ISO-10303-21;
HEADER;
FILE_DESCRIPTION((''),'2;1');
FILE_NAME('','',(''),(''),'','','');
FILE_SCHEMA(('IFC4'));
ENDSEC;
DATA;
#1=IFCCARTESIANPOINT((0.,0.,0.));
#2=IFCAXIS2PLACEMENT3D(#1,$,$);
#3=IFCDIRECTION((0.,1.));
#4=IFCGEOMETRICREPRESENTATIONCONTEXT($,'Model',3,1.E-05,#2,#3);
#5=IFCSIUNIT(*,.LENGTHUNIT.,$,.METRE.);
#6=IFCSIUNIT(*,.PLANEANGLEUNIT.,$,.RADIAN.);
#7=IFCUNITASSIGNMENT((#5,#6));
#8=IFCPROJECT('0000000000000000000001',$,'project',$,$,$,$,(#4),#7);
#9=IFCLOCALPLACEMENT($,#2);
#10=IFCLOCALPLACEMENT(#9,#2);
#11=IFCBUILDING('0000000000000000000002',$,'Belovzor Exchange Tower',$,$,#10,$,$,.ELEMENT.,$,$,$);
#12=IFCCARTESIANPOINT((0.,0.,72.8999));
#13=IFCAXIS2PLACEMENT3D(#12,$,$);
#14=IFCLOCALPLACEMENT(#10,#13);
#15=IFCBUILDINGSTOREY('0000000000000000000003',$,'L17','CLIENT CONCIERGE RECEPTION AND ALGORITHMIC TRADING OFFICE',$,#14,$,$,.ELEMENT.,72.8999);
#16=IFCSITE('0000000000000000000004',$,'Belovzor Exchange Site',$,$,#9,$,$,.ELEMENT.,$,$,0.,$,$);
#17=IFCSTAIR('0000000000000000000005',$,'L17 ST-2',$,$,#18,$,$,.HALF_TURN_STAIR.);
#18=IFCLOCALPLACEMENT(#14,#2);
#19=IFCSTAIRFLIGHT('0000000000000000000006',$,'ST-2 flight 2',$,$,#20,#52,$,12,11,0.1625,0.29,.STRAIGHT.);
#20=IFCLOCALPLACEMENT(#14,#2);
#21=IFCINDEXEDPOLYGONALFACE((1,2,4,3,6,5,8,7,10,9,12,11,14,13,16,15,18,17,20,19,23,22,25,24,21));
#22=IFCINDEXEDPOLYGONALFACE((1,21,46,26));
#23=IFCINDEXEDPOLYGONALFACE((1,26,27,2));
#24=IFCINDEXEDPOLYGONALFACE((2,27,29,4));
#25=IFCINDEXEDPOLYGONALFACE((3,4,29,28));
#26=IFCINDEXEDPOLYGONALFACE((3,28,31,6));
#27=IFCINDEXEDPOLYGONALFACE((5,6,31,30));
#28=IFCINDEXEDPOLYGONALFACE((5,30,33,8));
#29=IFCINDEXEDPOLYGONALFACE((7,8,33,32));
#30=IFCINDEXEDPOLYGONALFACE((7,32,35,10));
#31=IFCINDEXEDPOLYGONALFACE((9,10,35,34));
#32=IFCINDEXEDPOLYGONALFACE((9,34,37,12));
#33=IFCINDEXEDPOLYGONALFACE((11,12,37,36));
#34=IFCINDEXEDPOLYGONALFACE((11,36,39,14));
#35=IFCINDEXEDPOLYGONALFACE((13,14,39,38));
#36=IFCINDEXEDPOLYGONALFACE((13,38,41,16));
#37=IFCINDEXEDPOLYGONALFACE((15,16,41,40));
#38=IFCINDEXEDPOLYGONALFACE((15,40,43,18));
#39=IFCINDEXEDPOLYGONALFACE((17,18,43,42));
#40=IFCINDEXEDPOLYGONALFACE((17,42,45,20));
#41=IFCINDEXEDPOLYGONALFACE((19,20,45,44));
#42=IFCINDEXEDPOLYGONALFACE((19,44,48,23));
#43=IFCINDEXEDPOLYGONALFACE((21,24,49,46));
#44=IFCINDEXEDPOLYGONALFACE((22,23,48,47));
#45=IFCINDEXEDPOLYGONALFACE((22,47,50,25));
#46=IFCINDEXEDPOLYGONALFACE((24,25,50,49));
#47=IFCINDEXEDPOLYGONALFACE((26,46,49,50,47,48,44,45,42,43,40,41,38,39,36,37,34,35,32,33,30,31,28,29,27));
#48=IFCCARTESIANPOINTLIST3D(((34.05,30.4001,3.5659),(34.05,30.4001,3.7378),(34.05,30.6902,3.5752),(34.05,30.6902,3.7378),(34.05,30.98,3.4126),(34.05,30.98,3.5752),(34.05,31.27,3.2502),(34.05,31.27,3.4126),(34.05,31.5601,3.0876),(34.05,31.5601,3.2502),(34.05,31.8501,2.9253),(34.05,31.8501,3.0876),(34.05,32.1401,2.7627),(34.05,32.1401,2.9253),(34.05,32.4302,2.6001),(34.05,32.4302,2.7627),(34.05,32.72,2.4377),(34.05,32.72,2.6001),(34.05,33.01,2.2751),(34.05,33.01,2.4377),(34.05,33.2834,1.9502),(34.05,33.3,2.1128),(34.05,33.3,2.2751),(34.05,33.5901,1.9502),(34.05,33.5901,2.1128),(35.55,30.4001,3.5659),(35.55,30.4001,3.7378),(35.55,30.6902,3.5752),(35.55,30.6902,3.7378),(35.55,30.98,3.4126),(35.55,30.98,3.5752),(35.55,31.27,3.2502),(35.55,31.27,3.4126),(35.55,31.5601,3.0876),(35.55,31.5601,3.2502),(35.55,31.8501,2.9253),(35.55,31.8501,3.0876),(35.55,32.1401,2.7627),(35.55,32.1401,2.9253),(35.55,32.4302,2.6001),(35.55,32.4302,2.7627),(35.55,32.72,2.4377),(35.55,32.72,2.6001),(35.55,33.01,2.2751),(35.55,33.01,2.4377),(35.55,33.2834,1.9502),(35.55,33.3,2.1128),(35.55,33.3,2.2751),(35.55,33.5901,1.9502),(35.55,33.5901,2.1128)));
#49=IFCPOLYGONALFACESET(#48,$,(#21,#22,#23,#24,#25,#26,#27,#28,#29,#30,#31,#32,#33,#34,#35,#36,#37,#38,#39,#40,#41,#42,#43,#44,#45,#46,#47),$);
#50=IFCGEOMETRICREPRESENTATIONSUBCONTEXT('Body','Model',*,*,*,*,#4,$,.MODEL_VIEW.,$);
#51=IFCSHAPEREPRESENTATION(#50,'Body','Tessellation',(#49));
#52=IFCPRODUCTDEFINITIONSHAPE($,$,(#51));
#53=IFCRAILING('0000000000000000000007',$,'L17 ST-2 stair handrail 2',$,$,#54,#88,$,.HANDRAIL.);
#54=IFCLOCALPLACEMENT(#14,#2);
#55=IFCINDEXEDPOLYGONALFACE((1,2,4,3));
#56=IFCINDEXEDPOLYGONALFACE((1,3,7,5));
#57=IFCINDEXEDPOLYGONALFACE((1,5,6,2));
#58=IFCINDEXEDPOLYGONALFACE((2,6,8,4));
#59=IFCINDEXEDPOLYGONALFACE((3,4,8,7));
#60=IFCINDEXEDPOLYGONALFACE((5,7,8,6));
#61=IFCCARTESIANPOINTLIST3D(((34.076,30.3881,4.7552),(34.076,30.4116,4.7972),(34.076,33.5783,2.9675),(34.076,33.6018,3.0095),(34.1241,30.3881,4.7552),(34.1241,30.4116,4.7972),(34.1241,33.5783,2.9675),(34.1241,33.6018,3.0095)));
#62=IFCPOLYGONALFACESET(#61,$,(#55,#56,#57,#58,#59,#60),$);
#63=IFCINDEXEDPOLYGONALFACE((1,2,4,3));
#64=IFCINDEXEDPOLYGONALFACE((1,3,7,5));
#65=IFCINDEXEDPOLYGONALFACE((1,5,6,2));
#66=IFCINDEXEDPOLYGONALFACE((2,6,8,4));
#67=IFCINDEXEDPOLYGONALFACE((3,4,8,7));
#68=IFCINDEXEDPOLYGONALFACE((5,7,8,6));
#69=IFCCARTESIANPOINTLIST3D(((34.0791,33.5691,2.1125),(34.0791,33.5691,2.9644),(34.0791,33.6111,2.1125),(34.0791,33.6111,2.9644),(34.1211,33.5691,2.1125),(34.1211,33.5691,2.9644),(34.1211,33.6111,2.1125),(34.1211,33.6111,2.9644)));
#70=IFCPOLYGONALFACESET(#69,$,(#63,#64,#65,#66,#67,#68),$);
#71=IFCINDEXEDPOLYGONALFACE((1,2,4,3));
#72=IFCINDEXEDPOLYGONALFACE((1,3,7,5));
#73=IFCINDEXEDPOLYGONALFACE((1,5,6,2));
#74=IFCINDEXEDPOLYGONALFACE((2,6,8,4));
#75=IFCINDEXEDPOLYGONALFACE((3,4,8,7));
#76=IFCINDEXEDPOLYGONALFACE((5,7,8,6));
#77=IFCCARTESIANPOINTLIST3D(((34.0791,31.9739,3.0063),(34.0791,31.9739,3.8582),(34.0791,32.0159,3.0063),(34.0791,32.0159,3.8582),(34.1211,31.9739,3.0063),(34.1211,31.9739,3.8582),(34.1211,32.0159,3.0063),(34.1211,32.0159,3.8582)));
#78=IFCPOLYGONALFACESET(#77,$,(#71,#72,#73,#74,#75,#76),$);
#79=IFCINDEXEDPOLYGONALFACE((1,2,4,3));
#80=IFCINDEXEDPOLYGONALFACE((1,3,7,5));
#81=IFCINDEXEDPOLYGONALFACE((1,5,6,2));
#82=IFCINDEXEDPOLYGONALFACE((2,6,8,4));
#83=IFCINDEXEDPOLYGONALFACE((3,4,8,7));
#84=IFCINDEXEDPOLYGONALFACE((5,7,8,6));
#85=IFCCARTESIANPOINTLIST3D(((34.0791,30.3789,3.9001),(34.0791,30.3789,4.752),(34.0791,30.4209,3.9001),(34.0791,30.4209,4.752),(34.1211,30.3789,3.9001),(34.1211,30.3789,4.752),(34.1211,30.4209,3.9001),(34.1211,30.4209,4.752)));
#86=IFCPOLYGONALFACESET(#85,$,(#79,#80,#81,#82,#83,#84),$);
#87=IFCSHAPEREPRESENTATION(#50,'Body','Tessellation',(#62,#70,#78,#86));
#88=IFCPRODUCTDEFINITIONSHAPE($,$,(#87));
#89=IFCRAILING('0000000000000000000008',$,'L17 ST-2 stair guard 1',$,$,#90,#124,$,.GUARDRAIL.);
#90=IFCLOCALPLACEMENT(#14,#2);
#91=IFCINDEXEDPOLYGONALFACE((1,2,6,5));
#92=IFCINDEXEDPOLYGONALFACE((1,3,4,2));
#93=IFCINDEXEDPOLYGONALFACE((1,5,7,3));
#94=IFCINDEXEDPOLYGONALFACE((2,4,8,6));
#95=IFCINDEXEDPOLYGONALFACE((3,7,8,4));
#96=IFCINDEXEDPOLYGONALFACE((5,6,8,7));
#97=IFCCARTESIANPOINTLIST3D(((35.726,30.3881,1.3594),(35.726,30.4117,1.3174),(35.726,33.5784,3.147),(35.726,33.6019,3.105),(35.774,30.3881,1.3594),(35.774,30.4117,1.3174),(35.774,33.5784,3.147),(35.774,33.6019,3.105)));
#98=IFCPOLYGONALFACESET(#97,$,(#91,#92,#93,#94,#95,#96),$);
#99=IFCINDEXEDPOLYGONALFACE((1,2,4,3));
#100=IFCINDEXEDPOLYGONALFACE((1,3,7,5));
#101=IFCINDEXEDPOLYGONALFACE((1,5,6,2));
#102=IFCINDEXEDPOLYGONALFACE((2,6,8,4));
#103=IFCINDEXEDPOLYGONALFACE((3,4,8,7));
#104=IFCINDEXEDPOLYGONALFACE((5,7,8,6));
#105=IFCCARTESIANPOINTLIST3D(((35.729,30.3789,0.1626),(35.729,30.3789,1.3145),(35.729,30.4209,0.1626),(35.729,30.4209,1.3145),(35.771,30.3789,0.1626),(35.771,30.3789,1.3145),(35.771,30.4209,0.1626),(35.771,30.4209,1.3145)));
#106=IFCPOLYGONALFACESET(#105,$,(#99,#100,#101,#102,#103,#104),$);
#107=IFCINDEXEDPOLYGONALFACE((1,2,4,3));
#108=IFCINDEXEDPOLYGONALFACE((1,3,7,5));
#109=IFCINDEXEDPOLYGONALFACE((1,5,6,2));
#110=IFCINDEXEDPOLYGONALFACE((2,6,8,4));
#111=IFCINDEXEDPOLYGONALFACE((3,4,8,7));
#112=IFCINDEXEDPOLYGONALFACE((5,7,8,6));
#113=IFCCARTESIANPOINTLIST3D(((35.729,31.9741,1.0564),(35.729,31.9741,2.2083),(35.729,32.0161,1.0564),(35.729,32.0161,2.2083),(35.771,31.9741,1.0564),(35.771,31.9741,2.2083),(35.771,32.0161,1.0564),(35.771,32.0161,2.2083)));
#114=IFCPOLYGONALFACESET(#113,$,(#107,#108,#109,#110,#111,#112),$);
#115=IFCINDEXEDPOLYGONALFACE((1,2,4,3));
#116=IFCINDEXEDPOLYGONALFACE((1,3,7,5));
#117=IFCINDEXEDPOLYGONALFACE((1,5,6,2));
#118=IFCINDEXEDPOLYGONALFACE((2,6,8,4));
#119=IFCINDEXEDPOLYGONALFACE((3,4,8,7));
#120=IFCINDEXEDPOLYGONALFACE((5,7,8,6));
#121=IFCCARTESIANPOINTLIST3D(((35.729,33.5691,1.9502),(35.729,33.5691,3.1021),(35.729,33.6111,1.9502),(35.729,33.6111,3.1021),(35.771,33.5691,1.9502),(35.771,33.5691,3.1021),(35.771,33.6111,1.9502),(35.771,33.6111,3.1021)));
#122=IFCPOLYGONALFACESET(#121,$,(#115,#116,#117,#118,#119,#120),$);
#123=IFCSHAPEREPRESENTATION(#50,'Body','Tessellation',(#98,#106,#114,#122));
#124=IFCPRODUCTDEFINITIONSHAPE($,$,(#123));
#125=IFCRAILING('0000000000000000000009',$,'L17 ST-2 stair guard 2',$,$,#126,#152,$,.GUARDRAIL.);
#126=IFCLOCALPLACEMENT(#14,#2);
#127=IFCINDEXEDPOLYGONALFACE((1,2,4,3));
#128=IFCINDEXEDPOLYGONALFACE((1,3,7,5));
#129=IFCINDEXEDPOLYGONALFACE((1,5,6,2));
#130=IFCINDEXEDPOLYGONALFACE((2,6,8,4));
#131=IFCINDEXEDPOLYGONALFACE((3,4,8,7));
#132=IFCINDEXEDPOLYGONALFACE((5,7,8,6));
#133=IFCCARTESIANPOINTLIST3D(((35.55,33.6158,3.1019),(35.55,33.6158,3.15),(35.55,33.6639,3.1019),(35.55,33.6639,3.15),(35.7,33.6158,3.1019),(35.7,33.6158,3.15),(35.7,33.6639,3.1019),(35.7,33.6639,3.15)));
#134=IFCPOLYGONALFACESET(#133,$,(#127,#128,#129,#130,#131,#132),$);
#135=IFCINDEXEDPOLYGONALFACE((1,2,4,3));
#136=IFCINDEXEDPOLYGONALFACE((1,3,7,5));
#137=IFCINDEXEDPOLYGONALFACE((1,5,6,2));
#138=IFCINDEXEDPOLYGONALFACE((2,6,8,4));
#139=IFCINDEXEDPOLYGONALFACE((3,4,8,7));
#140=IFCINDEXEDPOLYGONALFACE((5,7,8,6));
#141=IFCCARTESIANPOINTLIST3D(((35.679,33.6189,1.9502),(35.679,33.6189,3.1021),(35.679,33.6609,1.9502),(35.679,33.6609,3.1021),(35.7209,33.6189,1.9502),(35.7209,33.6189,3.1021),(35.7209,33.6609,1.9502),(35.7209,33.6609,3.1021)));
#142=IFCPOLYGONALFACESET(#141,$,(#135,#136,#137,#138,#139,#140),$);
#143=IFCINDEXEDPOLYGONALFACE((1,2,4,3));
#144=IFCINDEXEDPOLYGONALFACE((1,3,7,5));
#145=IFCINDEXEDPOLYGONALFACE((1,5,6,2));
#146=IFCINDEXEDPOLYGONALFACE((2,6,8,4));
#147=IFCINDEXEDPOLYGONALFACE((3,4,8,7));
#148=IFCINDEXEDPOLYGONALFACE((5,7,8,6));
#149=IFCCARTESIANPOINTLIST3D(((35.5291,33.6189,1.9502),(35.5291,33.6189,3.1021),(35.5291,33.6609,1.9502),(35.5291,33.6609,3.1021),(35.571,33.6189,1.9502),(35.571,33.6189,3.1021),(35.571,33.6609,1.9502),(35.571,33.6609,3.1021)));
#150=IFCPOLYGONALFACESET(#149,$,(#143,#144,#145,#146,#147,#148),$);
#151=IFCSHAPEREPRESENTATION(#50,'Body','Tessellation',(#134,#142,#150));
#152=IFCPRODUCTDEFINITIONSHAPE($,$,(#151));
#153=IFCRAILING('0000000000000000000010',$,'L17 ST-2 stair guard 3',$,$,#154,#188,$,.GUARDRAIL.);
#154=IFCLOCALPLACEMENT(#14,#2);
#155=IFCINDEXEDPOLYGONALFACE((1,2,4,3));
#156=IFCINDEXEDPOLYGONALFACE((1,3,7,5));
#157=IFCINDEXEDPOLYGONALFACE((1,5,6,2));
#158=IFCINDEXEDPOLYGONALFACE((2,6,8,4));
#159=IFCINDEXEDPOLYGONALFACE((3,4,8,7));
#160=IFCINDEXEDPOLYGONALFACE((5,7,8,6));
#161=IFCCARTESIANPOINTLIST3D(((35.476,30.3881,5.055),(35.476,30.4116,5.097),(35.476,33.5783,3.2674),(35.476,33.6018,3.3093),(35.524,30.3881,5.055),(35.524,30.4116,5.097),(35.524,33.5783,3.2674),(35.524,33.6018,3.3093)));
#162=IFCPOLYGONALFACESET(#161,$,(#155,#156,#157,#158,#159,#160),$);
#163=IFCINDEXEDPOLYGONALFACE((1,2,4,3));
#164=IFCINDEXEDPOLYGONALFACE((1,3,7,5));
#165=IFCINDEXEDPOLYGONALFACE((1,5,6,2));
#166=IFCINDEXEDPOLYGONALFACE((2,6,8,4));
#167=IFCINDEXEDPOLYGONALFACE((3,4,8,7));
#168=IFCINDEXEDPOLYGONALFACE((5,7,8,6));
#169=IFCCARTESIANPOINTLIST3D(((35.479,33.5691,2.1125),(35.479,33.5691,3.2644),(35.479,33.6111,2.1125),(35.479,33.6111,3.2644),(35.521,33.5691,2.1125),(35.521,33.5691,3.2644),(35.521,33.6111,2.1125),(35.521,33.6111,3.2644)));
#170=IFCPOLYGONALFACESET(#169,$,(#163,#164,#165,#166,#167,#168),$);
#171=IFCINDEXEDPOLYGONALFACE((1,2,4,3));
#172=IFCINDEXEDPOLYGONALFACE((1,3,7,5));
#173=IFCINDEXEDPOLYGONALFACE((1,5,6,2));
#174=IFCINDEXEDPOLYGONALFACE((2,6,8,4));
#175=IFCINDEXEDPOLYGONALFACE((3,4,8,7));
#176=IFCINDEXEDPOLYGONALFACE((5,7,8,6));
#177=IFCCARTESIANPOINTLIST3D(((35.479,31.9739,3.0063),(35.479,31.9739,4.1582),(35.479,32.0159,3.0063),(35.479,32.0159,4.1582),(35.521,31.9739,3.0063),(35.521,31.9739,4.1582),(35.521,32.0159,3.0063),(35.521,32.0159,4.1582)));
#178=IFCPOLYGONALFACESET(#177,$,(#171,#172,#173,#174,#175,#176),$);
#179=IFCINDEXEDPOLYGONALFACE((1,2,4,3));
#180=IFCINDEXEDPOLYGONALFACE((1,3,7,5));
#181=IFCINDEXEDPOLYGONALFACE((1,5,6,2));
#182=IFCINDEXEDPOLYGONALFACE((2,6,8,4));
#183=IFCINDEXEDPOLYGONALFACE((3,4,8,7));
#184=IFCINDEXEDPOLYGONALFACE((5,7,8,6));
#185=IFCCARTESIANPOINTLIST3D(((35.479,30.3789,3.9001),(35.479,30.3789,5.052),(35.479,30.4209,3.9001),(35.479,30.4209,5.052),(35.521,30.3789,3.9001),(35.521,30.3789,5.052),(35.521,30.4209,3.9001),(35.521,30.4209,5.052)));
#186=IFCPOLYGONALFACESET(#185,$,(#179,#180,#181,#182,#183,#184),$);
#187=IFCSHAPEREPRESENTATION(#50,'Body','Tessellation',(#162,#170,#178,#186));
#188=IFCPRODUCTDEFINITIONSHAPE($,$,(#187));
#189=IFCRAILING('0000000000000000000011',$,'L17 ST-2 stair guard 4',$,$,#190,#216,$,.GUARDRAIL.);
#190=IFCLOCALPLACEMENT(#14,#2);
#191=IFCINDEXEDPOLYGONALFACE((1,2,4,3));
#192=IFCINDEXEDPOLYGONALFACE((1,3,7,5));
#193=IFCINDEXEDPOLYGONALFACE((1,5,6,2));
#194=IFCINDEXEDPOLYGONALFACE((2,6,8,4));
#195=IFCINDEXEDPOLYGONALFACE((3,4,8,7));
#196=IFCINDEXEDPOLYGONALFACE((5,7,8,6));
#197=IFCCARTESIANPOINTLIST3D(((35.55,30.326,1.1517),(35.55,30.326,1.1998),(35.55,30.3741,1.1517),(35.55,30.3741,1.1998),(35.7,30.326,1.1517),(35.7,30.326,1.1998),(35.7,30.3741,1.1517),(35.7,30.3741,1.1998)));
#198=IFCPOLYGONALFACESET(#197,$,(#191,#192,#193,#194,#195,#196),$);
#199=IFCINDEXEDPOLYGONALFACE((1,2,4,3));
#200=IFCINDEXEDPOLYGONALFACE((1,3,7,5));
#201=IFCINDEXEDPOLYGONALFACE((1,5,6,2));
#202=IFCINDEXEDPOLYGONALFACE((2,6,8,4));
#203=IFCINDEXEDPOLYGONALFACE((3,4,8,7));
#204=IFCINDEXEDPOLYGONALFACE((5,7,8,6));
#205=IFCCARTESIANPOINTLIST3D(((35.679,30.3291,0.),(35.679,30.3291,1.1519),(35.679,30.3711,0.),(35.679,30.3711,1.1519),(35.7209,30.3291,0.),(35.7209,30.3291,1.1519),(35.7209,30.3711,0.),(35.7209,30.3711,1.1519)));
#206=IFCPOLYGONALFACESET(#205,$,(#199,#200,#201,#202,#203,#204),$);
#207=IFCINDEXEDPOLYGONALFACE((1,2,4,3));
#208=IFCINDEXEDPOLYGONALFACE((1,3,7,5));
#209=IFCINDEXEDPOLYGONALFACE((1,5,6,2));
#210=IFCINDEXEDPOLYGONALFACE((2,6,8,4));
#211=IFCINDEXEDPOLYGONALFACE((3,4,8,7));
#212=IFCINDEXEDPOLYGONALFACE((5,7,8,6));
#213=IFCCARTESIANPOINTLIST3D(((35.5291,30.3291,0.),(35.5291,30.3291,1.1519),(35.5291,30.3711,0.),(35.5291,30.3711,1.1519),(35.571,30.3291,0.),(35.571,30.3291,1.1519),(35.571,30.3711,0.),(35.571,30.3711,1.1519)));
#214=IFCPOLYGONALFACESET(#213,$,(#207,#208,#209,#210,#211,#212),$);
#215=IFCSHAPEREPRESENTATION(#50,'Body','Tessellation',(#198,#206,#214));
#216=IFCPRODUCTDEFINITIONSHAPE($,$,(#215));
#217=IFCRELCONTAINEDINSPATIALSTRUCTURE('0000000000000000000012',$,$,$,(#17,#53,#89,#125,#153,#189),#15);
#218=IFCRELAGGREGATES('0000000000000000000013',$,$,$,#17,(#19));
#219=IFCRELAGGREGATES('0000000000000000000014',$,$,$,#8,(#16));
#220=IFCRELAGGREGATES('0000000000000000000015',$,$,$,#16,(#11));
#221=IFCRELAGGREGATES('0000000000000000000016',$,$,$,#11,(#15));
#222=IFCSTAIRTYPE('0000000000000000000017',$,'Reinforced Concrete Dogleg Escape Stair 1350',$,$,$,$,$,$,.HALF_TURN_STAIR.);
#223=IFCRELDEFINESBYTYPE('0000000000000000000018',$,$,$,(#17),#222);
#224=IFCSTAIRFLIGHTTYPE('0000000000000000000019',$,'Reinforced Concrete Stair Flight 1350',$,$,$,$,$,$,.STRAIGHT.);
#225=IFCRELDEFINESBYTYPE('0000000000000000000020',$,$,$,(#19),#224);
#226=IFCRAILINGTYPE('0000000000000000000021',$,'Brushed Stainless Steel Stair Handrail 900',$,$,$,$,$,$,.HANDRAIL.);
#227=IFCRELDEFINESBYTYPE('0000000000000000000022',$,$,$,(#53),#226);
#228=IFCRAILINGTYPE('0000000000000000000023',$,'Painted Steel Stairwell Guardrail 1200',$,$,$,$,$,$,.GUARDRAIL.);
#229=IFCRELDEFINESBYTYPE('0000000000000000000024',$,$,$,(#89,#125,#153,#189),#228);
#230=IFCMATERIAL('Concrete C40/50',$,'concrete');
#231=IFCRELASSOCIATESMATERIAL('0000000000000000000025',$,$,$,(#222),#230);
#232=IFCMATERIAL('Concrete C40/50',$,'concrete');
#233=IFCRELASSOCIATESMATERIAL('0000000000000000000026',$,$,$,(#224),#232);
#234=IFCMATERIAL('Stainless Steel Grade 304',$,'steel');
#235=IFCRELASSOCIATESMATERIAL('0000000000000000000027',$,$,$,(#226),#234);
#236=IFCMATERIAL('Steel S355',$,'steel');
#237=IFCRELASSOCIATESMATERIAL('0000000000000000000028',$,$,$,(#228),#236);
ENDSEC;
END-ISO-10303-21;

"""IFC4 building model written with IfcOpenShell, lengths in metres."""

from ifc_helpers import new_model, si_unit, direction, frame, origin, origin_2d, place, context, subcontext, project, spatial, polyline, rectangle, outline, extrude, material, type_object, element, aggregate, save


model = new_model("IFC4")

# Units and contexts
model_context = context("Model", 3, precision=1e-05, world=origin(), true_north=direction((0.0, 1.0)))
body_context = subcontext(model_context, "Body", "Model", "MODEL_VIEW")
ifc_project = project(units=[si_unit("LENGTHUNIT", "METRE"), si_unit("PLANEANGLEUNIT", "RADIAN")], contexts=[model_context])

# Site, building, storey
site_placement = place(None, origin())
site = spatial("IfcSite", under=ifc_project, at=site_placement, Name="Belovzor Exchange Site", CompositionType="ELEMENT", RefElevation=0.0)
building_placement = place(site_placement, origin())
building = spatial("IfcBuilding", under=site, at=building_placement, Name="Belovzor Exchange Tower", CompositionType="ELEMENT")
storey_placement = place(building_placement, frame((0.0, 0.0, 72.8999)))
storey = spatial("IfcBuildingStorey", under=building, at=storey_placement, Name="L17", Description="CLIENT CONCIERGE RECEPTION AND ALGORITHMIC TRADING OFFICE", CompositionType="ELEMENT", Elevation=72.8999)

# Stair, stair flight
ifc_material_1 = material(Name="Concrete C40/50", Category="concrete")
stair_type = type_object("IfcStairType", Name="Reinforced Concrete Dogleg Escape Stair 1350", PredefinedType="HALF_TURN_STAIR", material=ifc_material_1)
stair_placement = place(storey_placement, origin())
stair = element("IfcStair", 1, at=stair_placement, inside=storey, type_object=stair_type, Name="L17 ST-2", PredefinedType="HALF_TURN_STAIR")
ifc_material_2 = material(Name="Concrete C40/50", Category="concrete")
stair_flight_type = type_object("IfcStairFlightType", Name="Reinforced Concrete Stair Flight 1350", PredefinedType="STRAIGHT", material=ifc_material_2)
stair_flight_placement = place(storey_placement, frame((34.8, 33.5901, 1.9502), z_axis=(0.0, 0.0, 1.0), x_axis=(0.0, -1.0, 0.0)))
stair_flight = element("IfcStairFlight", 2, at=stair_flight_placement, type_object=stair_flight_type, Name="ST-2 flight 2", NumberOfRisers=12, NumberOfTreads=11, PredefinedType="STRAIGHT", RiserHeight=0.1625, TreadLength=0.29, context=body_context, shape_type="SweptSolid", body=[
    extrude(outline(polyline([(0.0, 0.0), (0.0, 0.1626), (0.29, 0.1626), (0.29, 0.325), (0.5801, 0.325), (0.5801, 0.4875), (0.8701, 0.4875), (0.8701, 0.6499), (1.1599, 0.6499), (1.1599, 0.8125), (1.45, 0.8125), (1.45, 0.9751), (1.74, 0.9751), (1.74, 1.1375), (2.03, 1.1375), (2.03, 1.3), (2.3201, 1.3), (2.3201, 1.4624), (2.6101, 1.4624), (2.6101, 1.625), (2.8999, 1.625), (2.8999, 1.7876), (3.1899, 1.7876), (3.1899, 1.95), (3.1899, 1.6157), (0.3066, 0.0), (0.0, 0.0)])), frame((0.0, 0.75, 0.0), z_axis=(0.0, -1.0, 0.0), x_axis=(1.0, 0.0, 0.0)), (0.0, 0.0, 1.0), 1.5),
])
aggregate(stair, [stair_flight])

# Railings
ifc_material_3 = material(Name="Stainless Steel Grade 304", Category="steel")
railing_type_1 = type_object("IfcRailingType", Name="Brushed Stainless Steel Stair Handrail 900", PredefinedType="HANDRAIL", material=ifc_material_3)
railing_1_placement = place(storey_placement, frame((34.1001, 33.5901, 2.1125)))
element("IfcRailing", 3, at=railing_1_placement, inside=storey, type_object=railing_type_1, Name="L17 ST-2 stair handrail 2", PredefinedType="HANDRAIL", context=body_context, shape_type="SweptSolid", body=[
    extrude(rectangle(XDim=0.0481, YDim=0.0481, at=origin_2d()), frame((0.0, 0.0, 0.876), z_axis=(0.0, -0.872378, 0.488831), x_axis=(1.0, 0.0, 0.0)), (0.0, 0.0, 1.0), 3.657),
    extrude(rectangle(XDim=0.042, YDim=0.042, at=origin_2d()), origin(), (0.0, 0.0, 1.0), 0.8518),
    extrude(rectangle(XDim=0.042, YDim=0.042, at=origin_2d()), frame((0.0, -1.5952, 0.8938)), (0.0, 0.0, 1.0), 0.8518),
    extrude(rectangle(XDim=0.042, YDim=0.042, at=origin_2d()), frame((0.0, -3.1902, 1.7876)), (0.0, 0.0, 1.0), 0.8518),
])
ifc_material_4 = material(Name="Steel S355", Category="steel")
railing_type_2 = type_object("IfcRailingType", Name="Painted Steel Stairwell Guardrail 1200", PredefinedType="GUARDRAIL", material=ifc_material_4)
railing_2_placement = place(storey_placement, frame((35.75, 30.3999, 0.1626)))
element("IfcRailing", 4, at=railing_2_placement, inside=storey, type_object=railing_type_2, Name="L17 ST-2 stair guard 1", PredefinedType="GUARDRAIL", context=body_context, shape_type="SweptSolid", body=[
    extrude(rectangle(XDim=0.0481, YDim=0.0481, at=origin_2d()), frame((0.0, 0.0, 1.1758), z_axis=(0.0, 0.872378, 0.488831), x_axis=(-1.0, 0.0, 0.0)), (0.0, 0.0, 1.0), 3.657),
    extrude(rectangle(XDim=0.042, YDim=0.042, at=origin_2d()), origin(), (0.0, 0.0, 1.0), 1.1519),
    extrude(rectangle(XDim=0.042, YDim=0.042, at=origin_2d()), frame((0.0, 1.5952, 0.8938)), (0.0, 0.0, 1.0), 1.1519),
    extrude(rectangle(XDim=0.042, YDim=0.042, at=origin_2d()), frame((0.0, 3.1902, 1.7876)), (0.0, 0.0, 1.0), 1.1519),
])
railing_3_placement = place(storey_placement, frame((35.7, 33.6399, 1.9502)))
element("IfcRailing", 5, at=railing_3_placement, inside=storey, type_object=railing_type_2, Name="L17 ST-2 stair guard 2", PredefinedType="GUARDRAIL", context=body_context, shape_type="SweptSolid", body=[
    extrude(rectangle(XDim=0.0481, YDim=0.0481, at=origin_2d()), frame((0.0, 0.0, 1.1758), z_axis=(-1.0, 0.0, 0.0), x_axis=(0.0, -1.0, 0.0)), (0.0, 0.0, 1.0), 0.1499),
    extrude(rectangle(XDim=0.042, YDim=0.042, at=origin_2d()), origin(), (0.0, 0.0, 1.0), 1.1519),
    extrude(rectangle(XDim=0.042, YDim=0.042, at=origin_2d()), frame((-0.1499, 0.0, 0.0)), (0.0, 0.0, 1.0), 1.1519),
])
railing_4_placement = place(storey_placement, frame((35.5, 33.5901, 2.1125)))
element("IfcRailing", 6, at=railing_4_placement, inside=storey, type_object=railing_type_2, Name="L17 ST-2 stair guard 3", PredefinedType="GUARDRAIL", context=body_context, shape_type="SweptSolid", body=[
    extrude(rectangle(XDim=0.0481, YDim=0.0481, at=origin_2d()), frame((0.0, 0.0, 1.1758), z_axis=(0.0, -0.872378, 0.488831), x_axis=(1.0, 0.0, 0.0)), (0.0, 0.0, 1.0), 3.657),
    extrude(rectangle(XDim=0.042, YDim=0.042, at=origin_2d()), origin(), (0.0, 0.0, 1.0), 1.1519),
    extrude(rectangle(XDim=0.042, YDim=0.042, at=origin_2d()), frame((0.0, -1.5952, 0.8938)), (0.0, 0.0, 1.0), 1.1519),
    extrude(rectangle(XDim=0.042, YDim=0.042, at=origin_2d()), frame((0.0, -3.1902, 1.7876)), (0.0, 0.0, 1.0), 1.1519),
])
railing_5_placement = place(storey_placement, frame((35.7, 30.3501, 0.0)))
element("IfcRailing", 7, at=railing_5_placement, inside=storey, type_object=railing_type_2, Name="L17 ST-2 stair guard 4", PredefinedType="GUARDRAIL", context=body_context, shape_type="SweptSolid", body=[
    extrude(rectangle(XDim=0.0481, YDim=0.0481, at=origin_2d()), frame((0.0, 0.0, 1.1758), z_axis=(-1.0, 0.0, 0.0), x_axis=(0.0, -1.0, 0.0)), (0.0, 0.0, 1.0), 0.1499),
    extrude(rectangle(XDim=0.042, YDim=0.042, at=origin_2d()), origin(), (0.0, 0.0, 1.0), 1.1519),
    extrude(rectangle(XDim=0.042, YDim=0.042, at=origin_2d()), frame((-0.1499, 0.0, 0.0)), (0.0, 0.0, 1.0), 1.1519),
])

save(model, "model.ifc")
